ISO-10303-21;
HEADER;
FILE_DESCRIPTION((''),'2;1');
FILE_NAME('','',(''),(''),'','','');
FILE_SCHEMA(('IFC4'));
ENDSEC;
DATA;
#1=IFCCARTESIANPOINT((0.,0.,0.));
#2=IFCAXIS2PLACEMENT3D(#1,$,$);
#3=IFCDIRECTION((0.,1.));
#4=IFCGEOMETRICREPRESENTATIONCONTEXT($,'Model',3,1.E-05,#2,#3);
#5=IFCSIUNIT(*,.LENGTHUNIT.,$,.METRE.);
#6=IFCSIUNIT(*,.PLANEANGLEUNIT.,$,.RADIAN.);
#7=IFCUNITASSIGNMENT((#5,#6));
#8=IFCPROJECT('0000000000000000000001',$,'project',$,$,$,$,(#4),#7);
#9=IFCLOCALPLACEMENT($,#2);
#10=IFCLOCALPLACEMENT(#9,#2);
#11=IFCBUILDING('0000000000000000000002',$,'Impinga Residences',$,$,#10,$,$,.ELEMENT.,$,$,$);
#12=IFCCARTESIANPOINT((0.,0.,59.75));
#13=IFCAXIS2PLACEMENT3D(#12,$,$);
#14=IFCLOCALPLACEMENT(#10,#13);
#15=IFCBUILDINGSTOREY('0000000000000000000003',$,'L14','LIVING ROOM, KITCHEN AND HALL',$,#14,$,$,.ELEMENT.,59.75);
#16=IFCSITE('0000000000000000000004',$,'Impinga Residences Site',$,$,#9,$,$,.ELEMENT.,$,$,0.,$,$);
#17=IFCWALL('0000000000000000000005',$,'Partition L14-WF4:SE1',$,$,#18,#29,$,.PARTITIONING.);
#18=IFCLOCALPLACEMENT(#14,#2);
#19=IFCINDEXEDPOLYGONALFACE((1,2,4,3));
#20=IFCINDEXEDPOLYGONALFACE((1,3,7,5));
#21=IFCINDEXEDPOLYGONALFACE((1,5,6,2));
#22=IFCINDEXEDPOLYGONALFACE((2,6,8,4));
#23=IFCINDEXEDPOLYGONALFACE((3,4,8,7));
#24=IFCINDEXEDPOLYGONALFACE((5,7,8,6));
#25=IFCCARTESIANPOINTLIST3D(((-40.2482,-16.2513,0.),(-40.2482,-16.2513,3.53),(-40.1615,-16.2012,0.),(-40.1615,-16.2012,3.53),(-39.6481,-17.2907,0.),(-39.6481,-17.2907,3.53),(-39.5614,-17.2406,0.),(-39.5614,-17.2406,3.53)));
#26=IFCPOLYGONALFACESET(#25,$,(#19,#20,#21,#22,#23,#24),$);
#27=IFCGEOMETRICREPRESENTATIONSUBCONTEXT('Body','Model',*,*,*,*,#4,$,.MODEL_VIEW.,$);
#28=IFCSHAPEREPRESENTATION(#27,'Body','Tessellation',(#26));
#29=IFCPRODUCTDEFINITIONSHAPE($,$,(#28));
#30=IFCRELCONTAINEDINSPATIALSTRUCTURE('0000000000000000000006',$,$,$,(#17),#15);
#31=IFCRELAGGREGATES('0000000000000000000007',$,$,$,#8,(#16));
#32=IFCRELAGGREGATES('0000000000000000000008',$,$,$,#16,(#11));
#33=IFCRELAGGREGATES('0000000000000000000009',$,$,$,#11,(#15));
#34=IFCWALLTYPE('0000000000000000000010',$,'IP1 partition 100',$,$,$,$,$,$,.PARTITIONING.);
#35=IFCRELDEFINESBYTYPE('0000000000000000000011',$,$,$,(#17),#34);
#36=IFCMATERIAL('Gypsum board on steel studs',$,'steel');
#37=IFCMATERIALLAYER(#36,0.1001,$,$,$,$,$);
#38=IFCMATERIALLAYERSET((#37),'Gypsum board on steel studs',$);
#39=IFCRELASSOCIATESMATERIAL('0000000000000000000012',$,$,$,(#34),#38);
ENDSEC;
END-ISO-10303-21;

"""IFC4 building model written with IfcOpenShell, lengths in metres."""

from ifc_helpers import new_model, si_unit, direction, frame, frame_2d, origin, place, context, subcontext, project, spatial, rectangle, extrude, material, layer, layer_set, type_object, element, save


model = new_model("IFC4")

# Units and contexts
model_context = context("Model", 3, precision=1e-05, world=origin(), true_north=direction((0.0, 1.0)))
body_context = subcontext(model_context, "Body", "Model", "MODEL_VIEW")
ifc_project = project(units=[si_unit("LENGTHUNIT", "METRE"), si_unit("PLANEANGLEUNIT", "RADIAN")], contexts=[model_context])

# Site, building, storey
site_placement = place(None, origin())
site = spatial("IfcSite", under=ifc_project, at=site_placement, Name="Impinga Residences Site", CompositionType="ELEMENT", RefElevation=0.0)
building_placement = place(site_placement, origin())
building = spatial("IfcBuilding", under=site, at=building_placement, Name="Impinga Residences", CompositionType="ELEMENT")
storey_placement = place(building_placement, frame((0.0, 0.0, 59.75)))
storey = spatial("IfcBuildingStorey", under=building, at=storey_placement, Name="L14", Description="LIVING ROOM, KITCHEN AND HALL", CompositionType="ELEMENT", Elevation=59.75)

# Shared definitions
ifc_material_1 = material(Name="Gypsum board on steel studs", Category="steel")
ifc_layer_1 = layer(ifc_material_1, 0.1001)
ifc_layer_set_1 = layer_set([ifc_layer_1], Name="Gypsum board on steel studs")
wall_type_1 = type_object("IfcWallType", Name="IP1 partition 100", PredefinedType="PARTITIONING", material=ifc_layer_set_1)

# Wall
wall_1_placement = place(storey_placement, frame((-39.6047, -17.2656, 0.0), z_axis=(0.0, 0.0, 1.0), x_axis=(-0.500034, 0.866006, 0.0)))
element("IfcWall", 1, at=wall_1_placement, inside=storey, type_object=wall_type_1, Name="Partition L14-WF4:SE1", PredefinedType="PARTITIONING", context=body_context, shape_type="SweptSolid", body=[
    extrude(rectangle(XDim=1.2002, YDim=0.1001, at=frame_2d((0.6001, 0.0))), origin(), (0.0, 0.0, 1.0), 3.53),
])

save(model, "model.ifc")
